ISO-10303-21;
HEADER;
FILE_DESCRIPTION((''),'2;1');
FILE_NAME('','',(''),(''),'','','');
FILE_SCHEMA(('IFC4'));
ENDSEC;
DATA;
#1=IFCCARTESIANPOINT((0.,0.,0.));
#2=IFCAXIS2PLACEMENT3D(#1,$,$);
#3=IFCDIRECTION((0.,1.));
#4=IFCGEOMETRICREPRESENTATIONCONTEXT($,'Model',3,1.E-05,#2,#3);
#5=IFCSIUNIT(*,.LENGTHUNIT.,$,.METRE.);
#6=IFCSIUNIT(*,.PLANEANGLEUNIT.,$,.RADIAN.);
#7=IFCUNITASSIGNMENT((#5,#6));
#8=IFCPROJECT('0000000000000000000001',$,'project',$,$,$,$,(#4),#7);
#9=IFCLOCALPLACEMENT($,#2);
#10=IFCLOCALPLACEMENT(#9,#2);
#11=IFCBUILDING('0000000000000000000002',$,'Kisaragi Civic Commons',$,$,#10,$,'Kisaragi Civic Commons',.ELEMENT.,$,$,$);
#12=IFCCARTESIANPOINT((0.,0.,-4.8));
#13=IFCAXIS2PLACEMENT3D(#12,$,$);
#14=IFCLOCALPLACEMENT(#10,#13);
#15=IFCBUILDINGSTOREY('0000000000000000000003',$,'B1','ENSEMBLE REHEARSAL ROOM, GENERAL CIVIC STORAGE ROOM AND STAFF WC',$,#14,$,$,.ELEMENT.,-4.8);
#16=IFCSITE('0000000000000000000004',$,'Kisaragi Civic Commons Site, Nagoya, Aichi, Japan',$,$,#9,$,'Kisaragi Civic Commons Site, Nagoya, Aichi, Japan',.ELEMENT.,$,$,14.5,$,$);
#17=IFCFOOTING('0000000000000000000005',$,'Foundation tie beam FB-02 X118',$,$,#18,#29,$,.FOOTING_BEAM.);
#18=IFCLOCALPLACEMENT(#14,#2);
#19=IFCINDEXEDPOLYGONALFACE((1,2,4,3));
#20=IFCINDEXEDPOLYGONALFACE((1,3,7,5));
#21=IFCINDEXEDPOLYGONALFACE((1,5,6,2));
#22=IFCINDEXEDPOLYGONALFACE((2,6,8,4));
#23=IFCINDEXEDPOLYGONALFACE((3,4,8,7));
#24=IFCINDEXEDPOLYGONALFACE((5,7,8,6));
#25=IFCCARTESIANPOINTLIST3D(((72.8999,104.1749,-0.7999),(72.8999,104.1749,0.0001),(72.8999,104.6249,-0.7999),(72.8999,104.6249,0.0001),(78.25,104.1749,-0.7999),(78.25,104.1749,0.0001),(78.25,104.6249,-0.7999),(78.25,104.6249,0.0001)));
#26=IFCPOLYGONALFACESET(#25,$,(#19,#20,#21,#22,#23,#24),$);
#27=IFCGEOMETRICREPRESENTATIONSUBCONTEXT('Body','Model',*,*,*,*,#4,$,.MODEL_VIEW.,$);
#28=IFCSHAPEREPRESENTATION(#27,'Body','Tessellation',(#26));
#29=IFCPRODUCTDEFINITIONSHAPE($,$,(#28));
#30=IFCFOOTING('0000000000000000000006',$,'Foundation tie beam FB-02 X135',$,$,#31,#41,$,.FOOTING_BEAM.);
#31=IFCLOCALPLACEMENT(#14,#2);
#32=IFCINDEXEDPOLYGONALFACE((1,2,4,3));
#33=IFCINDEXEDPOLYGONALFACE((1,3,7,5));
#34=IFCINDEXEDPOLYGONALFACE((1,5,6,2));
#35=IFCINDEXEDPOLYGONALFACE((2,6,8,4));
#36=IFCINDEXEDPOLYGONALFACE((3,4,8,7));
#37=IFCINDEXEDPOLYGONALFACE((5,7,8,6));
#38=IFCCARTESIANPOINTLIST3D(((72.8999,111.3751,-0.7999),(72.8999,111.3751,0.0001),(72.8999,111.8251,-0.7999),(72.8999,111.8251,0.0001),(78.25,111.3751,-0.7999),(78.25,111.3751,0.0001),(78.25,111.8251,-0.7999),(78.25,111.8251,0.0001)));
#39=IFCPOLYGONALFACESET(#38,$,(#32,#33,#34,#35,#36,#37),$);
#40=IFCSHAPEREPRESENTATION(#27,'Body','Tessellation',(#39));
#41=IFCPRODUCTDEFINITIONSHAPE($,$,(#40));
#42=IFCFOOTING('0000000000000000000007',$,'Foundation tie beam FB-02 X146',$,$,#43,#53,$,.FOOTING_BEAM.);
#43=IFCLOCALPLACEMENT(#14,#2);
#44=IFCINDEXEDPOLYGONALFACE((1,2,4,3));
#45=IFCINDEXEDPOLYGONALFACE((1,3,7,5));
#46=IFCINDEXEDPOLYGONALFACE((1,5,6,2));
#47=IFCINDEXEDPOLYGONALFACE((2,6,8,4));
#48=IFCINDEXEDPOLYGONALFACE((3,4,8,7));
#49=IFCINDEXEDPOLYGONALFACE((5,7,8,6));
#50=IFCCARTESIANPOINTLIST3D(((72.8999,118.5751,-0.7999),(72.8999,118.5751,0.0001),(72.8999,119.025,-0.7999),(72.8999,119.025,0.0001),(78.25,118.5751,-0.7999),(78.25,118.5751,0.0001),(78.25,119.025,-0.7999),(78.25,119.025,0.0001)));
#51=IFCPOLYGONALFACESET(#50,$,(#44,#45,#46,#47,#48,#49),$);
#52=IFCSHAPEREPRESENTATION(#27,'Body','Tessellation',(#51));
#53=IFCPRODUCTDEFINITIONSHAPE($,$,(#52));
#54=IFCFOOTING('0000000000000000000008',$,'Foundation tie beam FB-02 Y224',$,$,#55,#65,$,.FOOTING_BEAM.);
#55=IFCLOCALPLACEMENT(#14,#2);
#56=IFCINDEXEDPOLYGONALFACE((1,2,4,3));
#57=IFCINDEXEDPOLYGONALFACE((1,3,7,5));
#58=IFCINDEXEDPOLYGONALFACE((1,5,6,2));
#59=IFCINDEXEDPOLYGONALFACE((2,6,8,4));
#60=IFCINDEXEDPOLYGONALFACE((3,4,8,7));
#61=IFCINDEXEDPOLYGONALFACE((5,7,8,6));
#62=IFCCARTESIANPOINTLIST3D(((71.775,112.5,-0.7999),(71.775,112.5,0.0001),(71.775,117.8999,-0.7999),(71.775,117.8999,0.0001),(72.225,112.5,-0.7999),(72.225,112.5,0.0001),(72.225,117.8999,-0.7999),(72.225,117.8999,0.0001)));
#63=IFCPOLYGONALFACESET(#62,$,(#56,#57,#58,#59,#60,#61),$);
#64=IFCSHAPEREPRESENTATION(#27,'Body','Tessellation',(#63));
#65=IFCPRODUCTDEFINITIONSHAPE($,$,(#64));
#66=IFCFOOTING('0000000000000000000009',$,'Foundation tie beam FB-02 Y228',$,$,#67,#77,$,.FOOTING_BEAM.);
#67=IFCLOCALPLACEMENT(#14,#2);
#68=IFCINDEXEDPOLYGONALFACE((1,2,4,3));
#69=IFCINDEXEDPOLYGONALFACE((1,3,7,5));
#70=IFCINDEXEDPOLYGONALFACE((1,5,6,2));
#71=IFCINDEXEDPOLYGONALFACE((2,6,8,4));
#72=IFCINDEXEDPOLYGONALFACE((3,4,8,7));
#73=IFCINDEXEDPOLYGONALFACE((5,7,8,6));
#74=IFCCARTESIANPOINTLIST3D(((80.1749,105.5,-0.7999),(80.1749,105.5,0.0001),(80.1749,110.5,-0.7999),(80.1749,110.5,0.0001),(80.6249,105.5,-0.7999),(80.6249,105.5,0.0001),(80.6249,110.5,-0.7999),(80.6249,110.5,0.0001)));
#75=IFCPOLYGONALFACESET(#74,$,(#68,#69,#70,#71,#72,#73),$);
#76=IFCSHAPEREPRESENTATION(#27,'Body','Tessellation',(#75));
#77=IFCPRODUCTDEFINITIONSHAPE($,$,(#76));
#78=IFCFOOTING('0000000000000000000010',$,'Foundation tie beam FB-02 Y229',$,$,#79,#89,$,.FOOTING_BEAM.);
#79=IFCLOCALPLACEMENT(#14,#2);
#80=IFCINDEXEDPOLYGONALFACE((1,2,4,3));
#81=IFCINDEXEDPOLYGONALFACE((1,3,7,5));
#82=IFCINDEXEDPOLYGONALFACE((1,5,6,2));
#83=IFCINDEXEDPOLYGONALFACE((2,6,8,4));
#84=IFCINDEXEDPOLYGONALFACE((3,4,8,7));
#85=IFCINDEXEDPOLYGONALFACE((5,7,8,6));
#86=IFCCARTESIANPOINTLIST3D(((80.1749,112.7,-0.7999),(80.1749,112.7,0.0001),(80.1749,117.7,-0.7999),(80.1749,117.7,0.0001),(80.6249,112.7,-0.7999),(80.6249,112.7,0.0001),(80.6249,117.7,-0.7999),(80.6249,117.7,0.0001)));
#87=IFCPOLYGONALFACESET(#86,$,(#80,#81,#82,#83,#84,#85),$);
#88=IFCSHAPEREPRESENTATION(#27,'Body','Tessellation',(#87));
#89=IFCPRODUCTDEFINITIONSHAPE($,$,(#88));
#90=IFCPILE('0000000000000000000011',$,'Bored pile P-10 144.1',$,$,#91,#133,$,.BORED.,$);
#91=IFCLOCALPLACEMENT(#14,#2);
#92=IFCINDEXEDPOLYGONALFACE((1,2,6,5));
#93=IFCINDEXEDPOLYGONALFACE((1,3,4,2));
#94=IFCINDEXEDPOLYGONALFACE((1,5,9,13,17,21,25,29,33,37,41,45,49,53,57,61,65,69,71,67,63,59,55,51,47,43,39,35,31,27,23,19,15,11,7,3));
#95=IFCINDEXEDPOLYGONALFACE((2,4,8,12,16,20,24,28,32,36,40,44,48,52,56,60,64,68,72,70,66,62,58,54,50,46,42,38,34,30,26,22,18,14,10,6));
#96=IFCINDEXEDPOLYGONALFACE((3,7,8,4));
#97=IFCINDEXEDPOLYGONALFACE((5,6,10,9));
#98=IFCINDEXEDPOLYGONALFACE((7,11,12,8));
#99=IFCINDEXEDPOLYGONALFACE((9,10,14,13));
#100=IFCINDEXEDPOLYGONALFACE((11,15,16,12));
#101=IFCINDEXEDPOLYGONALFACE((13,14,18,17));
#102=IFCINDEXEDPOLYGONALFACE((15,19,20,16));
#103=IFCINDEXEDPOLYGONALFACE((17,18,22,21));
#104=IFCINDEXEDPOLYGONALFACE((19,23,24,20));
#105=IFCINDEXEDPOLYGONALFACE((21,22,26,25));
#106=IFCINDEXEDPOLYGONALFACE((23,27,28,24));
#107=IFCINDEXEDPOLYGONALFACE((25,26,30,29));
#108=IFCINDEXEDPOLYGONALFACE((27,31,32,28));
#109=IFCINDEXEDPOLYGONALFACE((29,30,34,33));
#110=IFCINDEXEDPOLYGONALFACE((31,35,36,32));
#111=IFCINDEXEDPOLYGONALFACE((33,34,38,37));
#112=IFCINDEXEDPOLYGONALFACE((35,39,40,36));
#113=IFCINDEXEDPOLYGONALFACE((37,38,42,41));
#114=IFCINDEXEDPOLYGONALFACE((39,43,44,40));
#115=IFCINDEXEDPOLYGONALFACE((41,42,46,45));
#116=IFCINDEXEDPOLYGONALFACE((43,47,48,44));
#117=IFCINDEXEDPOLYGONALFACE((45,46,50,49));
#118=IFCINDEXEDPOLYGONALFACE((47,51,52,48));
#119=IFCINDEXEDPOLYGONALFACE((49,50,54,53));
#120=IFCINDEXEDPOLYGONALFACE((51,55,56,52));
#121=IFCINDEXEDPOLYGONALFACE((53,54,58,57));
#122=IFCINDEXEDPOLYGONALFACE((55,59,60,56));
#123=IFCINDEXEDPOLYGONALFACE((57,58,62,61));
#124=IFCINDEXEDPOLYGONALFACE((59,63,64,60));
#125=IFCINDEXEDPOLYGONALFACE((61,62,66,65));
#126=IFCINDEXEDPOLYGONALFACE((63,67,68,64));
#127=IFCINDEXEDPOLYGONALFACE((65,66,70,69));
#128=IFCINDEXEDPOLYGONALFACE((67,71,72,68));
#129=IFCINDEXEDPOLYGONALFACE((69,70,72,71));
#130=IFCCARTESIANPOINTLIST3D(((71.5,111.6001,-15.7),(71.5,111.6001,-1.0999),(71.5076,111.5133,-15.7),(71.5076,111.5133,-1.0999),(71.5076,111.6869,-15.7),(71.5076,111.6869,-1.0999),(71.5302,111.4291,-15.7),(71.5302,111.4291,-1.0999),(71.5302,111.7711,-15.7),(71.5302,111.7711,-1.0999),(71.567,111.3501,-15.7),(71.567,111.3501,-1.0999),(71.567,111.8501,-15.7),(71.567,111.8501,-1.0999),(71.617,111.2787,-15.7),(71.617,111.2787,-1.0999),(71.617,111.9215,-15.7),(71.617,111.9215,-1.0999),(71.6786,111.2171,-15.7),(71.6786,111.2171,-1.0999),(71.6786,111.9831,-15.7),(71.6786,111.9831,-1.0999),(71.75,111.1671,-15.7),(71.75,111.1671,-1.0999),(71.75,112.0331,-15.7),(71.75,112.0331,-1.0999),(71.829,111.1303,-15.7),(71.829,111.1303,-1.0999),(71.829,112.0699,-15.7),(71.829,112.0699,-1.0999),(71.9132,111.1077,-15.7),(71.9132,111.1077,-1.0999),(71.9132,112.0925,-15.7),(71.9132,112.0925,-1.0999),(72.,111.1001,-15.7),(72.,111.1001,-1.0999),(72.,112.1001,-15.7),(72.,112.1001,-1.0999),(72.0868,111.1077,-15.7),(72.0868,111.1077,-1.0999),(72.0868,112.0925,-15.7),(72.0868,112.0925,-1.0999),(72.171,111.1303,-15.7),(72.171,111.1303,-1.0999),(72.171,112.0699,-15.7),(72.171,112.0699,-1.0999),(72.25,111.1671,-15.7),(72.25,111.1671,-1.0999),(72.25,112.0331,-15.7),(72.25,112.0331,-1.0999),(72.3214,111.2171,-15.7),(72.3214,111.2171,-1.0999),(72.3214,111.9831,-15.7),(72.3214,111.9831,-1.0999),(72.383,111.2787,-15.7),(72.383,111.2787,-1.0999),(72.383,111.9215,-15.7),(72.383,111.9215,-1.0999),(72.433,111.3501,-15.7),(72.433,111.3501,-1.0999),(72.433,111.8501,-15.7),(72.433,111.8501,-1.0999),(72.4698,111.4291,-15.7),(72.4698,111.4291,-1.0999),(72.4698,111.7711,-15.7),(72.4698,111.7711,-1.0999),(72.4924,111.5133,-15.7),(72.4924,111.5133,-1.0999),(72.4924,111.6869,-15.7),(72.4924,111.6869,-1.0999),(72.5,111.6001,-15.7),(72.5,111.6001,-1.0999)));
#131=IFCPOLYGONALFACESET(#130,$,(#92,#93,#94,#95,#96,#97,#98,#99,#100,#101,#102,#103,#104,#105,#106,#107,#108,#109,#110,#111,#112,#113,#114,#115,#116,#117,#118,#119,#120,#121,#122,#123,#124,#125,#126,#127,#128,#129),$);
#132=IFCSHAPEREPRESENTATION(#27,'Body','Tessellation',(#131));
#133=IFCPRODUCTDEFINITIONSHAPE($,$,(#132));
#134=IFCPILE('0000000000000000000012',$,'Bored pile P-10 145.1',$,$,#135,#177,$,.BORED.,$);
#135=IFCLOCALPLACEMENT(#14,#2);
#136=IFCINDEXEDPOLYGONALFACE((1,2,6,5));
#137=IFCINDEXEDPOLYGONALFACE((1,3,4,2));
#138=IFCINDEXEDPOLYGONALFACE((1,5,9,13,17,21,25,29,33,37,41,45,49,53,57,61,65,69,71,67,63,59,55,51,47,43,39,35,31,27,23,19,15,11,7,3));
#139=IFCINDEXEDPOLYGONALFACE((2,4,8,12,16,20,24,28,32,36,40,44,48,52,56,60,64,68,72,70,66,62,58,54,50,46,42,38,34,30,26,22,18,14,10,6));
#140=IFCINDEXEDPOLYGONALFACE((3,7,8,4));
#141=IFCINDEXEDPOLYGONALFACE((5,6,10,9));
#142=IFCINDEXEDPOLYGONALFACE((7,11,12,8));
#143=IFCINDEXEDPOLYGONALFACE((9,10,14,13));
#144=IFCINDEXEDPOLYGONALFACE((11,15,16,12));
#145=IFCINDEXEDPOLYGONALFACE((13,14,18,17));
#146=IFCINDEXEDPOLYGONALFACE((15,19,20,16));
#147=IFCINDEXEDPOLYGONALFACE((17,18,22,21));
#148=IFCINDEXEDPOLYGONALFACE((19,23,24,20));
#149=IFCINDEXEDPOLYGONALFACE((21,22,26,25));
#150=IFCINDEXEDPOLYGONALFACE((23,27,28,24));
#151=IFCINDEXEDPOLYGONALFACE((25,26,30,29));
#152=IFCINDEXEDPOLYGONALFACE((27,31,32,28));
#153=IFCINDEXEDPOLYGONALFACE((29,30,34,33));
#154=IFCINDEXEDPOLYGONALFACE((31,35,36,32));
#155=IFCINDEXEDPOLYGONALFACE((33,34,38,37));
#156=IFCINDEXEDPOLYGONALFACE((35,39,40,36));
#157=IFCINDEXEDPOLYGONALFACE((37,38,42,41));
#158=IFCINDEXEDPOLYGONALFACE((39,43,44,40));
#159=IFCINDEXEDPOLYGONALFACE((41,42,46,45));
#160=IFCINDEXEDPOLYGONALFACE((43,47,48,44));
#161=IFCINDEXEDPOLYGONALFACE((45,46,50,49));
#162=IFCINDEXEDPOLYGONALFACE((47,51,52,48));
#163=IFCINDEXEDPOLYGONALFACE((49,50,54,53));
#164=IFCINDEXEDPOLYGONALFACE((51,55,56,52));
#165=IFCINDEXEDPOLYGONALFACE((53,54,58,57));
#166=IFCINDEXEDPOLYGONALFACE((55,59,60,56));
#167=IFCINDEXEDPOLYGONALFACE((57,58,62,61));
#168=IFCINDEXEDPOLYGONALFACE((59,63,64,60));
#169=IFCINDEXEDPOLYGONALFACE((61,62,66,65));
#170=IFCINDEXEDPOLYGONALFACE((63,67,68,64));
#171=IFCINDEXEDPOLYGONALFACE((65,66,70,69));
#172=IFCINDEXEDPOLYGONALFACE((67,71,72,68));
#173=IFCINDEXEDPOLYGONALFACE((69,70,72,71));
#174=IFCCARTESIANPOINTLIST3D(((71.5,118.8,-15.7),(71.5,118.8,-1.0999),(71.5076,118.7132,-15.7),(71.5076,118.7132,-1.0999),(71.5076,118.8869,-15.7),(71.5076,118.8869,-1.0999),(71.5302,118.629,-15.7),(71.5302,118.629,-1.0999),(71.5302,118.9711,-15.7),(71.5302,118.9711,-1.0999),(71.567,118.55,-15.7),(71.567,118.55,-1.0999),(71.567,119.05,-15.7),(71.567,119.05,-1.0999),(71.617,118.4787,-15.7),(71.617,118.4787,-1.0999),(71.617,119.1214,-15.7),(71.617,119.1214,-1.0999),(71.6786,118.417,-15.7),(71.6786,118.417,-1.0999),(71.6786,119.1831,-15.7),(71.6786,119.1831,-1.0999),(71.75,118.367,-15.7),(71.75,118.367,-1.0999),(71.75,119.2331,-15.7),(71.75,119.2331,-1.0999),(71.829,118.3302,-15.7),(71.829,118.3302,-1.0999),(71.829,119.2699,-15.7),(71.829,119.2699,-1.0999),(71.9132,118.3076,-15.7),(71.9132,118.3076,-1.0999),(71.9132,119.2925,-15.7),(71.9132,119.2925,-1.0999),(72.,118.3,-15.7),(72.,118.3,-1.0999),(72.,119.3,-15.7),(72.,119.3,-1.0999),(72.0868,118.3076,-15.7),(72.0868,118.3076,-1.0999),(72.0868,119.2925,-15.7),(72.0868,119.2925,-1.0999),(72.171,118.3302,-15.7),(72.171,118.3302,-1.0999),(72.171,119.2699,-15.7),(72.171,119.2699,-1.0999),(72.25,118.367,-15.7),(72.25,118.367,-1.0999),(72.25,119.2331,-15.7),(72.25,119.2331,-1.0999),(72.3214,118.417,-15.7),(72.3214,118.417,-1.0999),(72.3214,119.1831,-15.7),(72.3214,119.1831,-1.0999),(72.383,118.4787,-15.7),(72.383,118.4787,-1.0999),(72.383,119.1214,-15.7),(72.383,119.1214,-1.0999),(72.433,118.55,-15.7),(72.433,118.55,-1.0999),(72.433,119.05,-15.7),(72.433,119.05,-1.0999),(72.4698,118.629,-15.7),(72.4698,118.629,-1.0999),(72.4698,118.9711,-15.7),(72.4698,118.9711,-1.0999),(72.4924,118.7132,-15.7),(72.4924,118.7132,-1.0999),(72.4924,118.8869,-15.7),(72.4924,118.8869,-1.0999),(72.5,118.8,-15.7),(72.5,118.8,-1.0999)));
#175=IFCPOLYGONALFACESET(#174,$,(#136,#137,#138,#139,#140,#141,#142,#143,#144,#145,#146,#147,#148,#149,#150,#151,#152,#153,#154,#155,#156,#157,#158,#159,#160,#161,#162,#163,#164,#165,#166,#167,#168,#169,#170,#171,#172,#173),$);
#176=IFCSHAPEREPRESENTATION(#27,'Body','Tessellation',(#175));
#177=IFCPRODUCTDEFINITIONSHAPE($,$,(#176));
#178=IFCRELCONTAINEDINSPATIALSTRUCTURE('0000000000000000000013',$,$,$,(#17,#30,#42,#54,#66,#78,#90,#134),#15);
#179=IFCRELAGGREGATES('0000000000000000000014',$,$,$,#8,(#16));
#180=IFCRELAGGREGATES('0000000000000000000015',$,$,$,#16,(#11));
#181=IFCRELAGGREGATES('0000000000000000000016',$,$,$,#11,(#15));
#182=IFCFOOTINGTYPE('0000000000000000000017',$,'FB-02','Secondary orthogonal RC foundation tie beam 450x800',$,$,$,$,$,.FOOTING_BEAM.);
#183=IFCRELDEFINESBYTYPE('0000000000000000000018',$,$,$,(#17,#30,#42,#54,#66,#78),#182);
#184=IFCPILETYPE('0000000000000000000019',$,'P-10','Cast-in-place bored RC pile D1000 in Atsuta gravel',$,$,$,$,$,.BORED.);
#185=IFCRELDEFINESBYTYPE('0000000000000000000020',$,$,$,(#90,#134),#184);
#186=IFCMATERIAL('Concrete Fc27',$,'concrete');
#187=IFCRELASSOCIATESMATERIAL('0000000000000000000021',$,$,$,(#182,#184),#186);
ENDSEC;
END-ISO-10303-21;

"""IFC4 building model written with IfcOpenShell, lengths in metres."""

from ifc_helpers import new_model, si_unit, direction, frame, origin, origin_2d, place, context, subcontext, project, spatial, rectangle, circle, extrude, material, material_profile, profile_set, type_object, element, save


model = new_model("IFC4")

# Units and contexts
model_context = context("Model", 3, precision=1e-05, world=origin(), true_north=direction((0.0, 1.0)))
body_context = subcontext(model_context, "Body", "Model", "MODEL_VIEW")
ifc_project = project(units=[si_unit("LENGTHUNIT", "METRE"), si_unit("PLANEANGLEUNIT", "RADIAN")], contexts=[model_context])

# Site, building, storey
site_placement = place(None, origin())
site = spatial("IfcSite", under=ifc_project, at=site_placement, Name="Kisaragi Civic Commons Site, Nagoya, Aichi, Japan", LongName="Kisaragi Civic Commons Site, Nagoya, Aichi, Japan", CompositionType="ELEMENT", RefElevation=14.5)
building_placement = place(site_placement, origin())
building = spatial("IfcBuilding", under=site, at=building_placement, Name="Kisaragi Civic Commons", LongName="Kisaragi Civic Commons", CompositionType="ELEMENT")
storey_placement = place(building_placement, frame((0.0, 0.0, -4.8)))
storey = spatial("IfcBuildingStorey", under=building, at=storey_placement, Name="B1", Description="ENSEMBLE REHEARSAL ROOM, GENERAL CIVIC STORAGE ROOM AND STAFF WC", CompositionType="ELEMENT", Elevation=-4.8)

# Footings
ifc_material_1 = material(Name="Concrete Fc27", Category="concrete")
ifc_material_profile_1 = material_profile(ifc_material_1, rectangle(XDim=0.45, YDim=0.8, at=origin_2d()), Name="RC-450x800", Category="concrete")
ifc_profile_set_1 = profile_set([ifc_material_profile_1], Name="Concrete Fc27")
footing_type_1 = type_object("IfcFootingType", Name="FB-02", Description="Secondary orthogonal RC foundation tie beam 450x800", PredefinedType="FOOTING_BEAM", material=ifc_profile_set_1)
for number, where, z_axis, x_axis, name in (
    (1, (72.8999, 104.3999, -0.3999), (1.0, 0.0, 0.0), (0.0, 1.0, 0.0), "Foundation tie beam FB-02 X118"),
    (2, (72.8999, 111.6001, -0.3999), (1.0, 0.0, 0.0), (0.0, 1.0, 0.0), "Foundation tie beam FB-02 X135"),
    (3, (72.8999, 118.8, -0.3999), (1.0, 0.0, 0.0), (0.0, 1.0, 0.0), "Foundation tie beam FB-02 X146"),
):
    element("IfcFooting", number, at=place(storey_placement, frame(where, z_axis=z_axis, x_axis=x_axis)), inside=storey, type_object=footing_type_1, Name=name, PredefinedType="FOOTING_BEAM", context=body_context, shape_type="SweptSolid", body=[
        extrude(rectangle(XDim=0.45, YDim=0.8, at=origin_2d()), origin(), (0.0, 0.0, 1.0), 5.3501),
    ])
footing_placement = place(storey_placement, frame((72.0, 112.5, -0.3999), z_axis=(0.0, 1.0, 0.0), x_axis=(-1.0, 0.0, 0.0)))
element("IfcFooting", 4, at=footing_placement, inside=storey, type_object=footing_type_1, Name="Foundation tie beam FB-02 Y224", PredefinedType="FOOTING_BEAM", context=body_context, shape_type="SweptSolid", body=[
    extrude(rectangle(XDim=0.45, YDim=0.8, at=origin_2d()), origin(), (0.0, 0.0, 1.0), 5.3999),
])
for number, where, z_axis, x_axis, name in (
    (5, (80.3999, 105.5, -0.3999), (0.0, 1.0, 0.0), (-1.0, 0.0, 0.0), "Foundation tie beam FB-02 Y228"),
    (6, (80.3999, 112.7, -0.3999), (0.0, 1.0, 0.0), (-1.0, 0.0, 0.0), "Foundation tie beam FB-02 Y229"),
):
    element("IfcFooting", number, at=place(storey_placement, frame(where, z_axis=z_axis, x_axis=x_axis)), inside=storey, type_object=footing_type_1, Name=name, PredefinedType="FOOTING_BEAM", context=body_context, shape_type="SweptSolid", body=[
        extrude(rectangle(XDim=0.45, YDim=0.8, at=origin_2d()), origin(), (0.0, 0.0, 1.0), 5.0),
    ])

# Piles
ifc_material_profile_2 = material_profile(ifc_material_1, circle(Radius=0.5, at=origin_2d()), Name="PILE-D1000", Category="concrete")
ifc_profile_set_2 = profile_set([ifc_material_profile_2], Name="Concrete Fc27")
pile_type = type_object("IfcPileType", Name="P-10", Description="Cast-in-place bored RC pile D1000 in Atsuta gravel", PredefinedType="BORED", material=ifc_profile_set_2)
for number, where, z_axis, x_axis, name in (
    (7, (72.0, 111.6001, -1.0999), (0.0, 0.0, -1.0), (1.0, 0.0, 0.0), "Bored pile P-10 144.1"),
    (8, (72.0, 118.8, -1.0999), (0.0, 0.0, -1.0), (1.0, 0.0, 0.0), "Bored pile P-10 145.1"),
):
    element("IfcPile", number, at=place(storey_placement, frame(where, z_axis=z_axis, x_axis=x_axis)), inside=storey, type_object=pile_type, Name=name, PredefinedType="BORED", context=body_context, shape_type="SweptSolid", body=[
        extrude(circle(Radius=0.5, at=origin_2d()), origin(), (0.0, 0.0, 1.0), 14.6001),
    ])

save(model, "model.ifc")
